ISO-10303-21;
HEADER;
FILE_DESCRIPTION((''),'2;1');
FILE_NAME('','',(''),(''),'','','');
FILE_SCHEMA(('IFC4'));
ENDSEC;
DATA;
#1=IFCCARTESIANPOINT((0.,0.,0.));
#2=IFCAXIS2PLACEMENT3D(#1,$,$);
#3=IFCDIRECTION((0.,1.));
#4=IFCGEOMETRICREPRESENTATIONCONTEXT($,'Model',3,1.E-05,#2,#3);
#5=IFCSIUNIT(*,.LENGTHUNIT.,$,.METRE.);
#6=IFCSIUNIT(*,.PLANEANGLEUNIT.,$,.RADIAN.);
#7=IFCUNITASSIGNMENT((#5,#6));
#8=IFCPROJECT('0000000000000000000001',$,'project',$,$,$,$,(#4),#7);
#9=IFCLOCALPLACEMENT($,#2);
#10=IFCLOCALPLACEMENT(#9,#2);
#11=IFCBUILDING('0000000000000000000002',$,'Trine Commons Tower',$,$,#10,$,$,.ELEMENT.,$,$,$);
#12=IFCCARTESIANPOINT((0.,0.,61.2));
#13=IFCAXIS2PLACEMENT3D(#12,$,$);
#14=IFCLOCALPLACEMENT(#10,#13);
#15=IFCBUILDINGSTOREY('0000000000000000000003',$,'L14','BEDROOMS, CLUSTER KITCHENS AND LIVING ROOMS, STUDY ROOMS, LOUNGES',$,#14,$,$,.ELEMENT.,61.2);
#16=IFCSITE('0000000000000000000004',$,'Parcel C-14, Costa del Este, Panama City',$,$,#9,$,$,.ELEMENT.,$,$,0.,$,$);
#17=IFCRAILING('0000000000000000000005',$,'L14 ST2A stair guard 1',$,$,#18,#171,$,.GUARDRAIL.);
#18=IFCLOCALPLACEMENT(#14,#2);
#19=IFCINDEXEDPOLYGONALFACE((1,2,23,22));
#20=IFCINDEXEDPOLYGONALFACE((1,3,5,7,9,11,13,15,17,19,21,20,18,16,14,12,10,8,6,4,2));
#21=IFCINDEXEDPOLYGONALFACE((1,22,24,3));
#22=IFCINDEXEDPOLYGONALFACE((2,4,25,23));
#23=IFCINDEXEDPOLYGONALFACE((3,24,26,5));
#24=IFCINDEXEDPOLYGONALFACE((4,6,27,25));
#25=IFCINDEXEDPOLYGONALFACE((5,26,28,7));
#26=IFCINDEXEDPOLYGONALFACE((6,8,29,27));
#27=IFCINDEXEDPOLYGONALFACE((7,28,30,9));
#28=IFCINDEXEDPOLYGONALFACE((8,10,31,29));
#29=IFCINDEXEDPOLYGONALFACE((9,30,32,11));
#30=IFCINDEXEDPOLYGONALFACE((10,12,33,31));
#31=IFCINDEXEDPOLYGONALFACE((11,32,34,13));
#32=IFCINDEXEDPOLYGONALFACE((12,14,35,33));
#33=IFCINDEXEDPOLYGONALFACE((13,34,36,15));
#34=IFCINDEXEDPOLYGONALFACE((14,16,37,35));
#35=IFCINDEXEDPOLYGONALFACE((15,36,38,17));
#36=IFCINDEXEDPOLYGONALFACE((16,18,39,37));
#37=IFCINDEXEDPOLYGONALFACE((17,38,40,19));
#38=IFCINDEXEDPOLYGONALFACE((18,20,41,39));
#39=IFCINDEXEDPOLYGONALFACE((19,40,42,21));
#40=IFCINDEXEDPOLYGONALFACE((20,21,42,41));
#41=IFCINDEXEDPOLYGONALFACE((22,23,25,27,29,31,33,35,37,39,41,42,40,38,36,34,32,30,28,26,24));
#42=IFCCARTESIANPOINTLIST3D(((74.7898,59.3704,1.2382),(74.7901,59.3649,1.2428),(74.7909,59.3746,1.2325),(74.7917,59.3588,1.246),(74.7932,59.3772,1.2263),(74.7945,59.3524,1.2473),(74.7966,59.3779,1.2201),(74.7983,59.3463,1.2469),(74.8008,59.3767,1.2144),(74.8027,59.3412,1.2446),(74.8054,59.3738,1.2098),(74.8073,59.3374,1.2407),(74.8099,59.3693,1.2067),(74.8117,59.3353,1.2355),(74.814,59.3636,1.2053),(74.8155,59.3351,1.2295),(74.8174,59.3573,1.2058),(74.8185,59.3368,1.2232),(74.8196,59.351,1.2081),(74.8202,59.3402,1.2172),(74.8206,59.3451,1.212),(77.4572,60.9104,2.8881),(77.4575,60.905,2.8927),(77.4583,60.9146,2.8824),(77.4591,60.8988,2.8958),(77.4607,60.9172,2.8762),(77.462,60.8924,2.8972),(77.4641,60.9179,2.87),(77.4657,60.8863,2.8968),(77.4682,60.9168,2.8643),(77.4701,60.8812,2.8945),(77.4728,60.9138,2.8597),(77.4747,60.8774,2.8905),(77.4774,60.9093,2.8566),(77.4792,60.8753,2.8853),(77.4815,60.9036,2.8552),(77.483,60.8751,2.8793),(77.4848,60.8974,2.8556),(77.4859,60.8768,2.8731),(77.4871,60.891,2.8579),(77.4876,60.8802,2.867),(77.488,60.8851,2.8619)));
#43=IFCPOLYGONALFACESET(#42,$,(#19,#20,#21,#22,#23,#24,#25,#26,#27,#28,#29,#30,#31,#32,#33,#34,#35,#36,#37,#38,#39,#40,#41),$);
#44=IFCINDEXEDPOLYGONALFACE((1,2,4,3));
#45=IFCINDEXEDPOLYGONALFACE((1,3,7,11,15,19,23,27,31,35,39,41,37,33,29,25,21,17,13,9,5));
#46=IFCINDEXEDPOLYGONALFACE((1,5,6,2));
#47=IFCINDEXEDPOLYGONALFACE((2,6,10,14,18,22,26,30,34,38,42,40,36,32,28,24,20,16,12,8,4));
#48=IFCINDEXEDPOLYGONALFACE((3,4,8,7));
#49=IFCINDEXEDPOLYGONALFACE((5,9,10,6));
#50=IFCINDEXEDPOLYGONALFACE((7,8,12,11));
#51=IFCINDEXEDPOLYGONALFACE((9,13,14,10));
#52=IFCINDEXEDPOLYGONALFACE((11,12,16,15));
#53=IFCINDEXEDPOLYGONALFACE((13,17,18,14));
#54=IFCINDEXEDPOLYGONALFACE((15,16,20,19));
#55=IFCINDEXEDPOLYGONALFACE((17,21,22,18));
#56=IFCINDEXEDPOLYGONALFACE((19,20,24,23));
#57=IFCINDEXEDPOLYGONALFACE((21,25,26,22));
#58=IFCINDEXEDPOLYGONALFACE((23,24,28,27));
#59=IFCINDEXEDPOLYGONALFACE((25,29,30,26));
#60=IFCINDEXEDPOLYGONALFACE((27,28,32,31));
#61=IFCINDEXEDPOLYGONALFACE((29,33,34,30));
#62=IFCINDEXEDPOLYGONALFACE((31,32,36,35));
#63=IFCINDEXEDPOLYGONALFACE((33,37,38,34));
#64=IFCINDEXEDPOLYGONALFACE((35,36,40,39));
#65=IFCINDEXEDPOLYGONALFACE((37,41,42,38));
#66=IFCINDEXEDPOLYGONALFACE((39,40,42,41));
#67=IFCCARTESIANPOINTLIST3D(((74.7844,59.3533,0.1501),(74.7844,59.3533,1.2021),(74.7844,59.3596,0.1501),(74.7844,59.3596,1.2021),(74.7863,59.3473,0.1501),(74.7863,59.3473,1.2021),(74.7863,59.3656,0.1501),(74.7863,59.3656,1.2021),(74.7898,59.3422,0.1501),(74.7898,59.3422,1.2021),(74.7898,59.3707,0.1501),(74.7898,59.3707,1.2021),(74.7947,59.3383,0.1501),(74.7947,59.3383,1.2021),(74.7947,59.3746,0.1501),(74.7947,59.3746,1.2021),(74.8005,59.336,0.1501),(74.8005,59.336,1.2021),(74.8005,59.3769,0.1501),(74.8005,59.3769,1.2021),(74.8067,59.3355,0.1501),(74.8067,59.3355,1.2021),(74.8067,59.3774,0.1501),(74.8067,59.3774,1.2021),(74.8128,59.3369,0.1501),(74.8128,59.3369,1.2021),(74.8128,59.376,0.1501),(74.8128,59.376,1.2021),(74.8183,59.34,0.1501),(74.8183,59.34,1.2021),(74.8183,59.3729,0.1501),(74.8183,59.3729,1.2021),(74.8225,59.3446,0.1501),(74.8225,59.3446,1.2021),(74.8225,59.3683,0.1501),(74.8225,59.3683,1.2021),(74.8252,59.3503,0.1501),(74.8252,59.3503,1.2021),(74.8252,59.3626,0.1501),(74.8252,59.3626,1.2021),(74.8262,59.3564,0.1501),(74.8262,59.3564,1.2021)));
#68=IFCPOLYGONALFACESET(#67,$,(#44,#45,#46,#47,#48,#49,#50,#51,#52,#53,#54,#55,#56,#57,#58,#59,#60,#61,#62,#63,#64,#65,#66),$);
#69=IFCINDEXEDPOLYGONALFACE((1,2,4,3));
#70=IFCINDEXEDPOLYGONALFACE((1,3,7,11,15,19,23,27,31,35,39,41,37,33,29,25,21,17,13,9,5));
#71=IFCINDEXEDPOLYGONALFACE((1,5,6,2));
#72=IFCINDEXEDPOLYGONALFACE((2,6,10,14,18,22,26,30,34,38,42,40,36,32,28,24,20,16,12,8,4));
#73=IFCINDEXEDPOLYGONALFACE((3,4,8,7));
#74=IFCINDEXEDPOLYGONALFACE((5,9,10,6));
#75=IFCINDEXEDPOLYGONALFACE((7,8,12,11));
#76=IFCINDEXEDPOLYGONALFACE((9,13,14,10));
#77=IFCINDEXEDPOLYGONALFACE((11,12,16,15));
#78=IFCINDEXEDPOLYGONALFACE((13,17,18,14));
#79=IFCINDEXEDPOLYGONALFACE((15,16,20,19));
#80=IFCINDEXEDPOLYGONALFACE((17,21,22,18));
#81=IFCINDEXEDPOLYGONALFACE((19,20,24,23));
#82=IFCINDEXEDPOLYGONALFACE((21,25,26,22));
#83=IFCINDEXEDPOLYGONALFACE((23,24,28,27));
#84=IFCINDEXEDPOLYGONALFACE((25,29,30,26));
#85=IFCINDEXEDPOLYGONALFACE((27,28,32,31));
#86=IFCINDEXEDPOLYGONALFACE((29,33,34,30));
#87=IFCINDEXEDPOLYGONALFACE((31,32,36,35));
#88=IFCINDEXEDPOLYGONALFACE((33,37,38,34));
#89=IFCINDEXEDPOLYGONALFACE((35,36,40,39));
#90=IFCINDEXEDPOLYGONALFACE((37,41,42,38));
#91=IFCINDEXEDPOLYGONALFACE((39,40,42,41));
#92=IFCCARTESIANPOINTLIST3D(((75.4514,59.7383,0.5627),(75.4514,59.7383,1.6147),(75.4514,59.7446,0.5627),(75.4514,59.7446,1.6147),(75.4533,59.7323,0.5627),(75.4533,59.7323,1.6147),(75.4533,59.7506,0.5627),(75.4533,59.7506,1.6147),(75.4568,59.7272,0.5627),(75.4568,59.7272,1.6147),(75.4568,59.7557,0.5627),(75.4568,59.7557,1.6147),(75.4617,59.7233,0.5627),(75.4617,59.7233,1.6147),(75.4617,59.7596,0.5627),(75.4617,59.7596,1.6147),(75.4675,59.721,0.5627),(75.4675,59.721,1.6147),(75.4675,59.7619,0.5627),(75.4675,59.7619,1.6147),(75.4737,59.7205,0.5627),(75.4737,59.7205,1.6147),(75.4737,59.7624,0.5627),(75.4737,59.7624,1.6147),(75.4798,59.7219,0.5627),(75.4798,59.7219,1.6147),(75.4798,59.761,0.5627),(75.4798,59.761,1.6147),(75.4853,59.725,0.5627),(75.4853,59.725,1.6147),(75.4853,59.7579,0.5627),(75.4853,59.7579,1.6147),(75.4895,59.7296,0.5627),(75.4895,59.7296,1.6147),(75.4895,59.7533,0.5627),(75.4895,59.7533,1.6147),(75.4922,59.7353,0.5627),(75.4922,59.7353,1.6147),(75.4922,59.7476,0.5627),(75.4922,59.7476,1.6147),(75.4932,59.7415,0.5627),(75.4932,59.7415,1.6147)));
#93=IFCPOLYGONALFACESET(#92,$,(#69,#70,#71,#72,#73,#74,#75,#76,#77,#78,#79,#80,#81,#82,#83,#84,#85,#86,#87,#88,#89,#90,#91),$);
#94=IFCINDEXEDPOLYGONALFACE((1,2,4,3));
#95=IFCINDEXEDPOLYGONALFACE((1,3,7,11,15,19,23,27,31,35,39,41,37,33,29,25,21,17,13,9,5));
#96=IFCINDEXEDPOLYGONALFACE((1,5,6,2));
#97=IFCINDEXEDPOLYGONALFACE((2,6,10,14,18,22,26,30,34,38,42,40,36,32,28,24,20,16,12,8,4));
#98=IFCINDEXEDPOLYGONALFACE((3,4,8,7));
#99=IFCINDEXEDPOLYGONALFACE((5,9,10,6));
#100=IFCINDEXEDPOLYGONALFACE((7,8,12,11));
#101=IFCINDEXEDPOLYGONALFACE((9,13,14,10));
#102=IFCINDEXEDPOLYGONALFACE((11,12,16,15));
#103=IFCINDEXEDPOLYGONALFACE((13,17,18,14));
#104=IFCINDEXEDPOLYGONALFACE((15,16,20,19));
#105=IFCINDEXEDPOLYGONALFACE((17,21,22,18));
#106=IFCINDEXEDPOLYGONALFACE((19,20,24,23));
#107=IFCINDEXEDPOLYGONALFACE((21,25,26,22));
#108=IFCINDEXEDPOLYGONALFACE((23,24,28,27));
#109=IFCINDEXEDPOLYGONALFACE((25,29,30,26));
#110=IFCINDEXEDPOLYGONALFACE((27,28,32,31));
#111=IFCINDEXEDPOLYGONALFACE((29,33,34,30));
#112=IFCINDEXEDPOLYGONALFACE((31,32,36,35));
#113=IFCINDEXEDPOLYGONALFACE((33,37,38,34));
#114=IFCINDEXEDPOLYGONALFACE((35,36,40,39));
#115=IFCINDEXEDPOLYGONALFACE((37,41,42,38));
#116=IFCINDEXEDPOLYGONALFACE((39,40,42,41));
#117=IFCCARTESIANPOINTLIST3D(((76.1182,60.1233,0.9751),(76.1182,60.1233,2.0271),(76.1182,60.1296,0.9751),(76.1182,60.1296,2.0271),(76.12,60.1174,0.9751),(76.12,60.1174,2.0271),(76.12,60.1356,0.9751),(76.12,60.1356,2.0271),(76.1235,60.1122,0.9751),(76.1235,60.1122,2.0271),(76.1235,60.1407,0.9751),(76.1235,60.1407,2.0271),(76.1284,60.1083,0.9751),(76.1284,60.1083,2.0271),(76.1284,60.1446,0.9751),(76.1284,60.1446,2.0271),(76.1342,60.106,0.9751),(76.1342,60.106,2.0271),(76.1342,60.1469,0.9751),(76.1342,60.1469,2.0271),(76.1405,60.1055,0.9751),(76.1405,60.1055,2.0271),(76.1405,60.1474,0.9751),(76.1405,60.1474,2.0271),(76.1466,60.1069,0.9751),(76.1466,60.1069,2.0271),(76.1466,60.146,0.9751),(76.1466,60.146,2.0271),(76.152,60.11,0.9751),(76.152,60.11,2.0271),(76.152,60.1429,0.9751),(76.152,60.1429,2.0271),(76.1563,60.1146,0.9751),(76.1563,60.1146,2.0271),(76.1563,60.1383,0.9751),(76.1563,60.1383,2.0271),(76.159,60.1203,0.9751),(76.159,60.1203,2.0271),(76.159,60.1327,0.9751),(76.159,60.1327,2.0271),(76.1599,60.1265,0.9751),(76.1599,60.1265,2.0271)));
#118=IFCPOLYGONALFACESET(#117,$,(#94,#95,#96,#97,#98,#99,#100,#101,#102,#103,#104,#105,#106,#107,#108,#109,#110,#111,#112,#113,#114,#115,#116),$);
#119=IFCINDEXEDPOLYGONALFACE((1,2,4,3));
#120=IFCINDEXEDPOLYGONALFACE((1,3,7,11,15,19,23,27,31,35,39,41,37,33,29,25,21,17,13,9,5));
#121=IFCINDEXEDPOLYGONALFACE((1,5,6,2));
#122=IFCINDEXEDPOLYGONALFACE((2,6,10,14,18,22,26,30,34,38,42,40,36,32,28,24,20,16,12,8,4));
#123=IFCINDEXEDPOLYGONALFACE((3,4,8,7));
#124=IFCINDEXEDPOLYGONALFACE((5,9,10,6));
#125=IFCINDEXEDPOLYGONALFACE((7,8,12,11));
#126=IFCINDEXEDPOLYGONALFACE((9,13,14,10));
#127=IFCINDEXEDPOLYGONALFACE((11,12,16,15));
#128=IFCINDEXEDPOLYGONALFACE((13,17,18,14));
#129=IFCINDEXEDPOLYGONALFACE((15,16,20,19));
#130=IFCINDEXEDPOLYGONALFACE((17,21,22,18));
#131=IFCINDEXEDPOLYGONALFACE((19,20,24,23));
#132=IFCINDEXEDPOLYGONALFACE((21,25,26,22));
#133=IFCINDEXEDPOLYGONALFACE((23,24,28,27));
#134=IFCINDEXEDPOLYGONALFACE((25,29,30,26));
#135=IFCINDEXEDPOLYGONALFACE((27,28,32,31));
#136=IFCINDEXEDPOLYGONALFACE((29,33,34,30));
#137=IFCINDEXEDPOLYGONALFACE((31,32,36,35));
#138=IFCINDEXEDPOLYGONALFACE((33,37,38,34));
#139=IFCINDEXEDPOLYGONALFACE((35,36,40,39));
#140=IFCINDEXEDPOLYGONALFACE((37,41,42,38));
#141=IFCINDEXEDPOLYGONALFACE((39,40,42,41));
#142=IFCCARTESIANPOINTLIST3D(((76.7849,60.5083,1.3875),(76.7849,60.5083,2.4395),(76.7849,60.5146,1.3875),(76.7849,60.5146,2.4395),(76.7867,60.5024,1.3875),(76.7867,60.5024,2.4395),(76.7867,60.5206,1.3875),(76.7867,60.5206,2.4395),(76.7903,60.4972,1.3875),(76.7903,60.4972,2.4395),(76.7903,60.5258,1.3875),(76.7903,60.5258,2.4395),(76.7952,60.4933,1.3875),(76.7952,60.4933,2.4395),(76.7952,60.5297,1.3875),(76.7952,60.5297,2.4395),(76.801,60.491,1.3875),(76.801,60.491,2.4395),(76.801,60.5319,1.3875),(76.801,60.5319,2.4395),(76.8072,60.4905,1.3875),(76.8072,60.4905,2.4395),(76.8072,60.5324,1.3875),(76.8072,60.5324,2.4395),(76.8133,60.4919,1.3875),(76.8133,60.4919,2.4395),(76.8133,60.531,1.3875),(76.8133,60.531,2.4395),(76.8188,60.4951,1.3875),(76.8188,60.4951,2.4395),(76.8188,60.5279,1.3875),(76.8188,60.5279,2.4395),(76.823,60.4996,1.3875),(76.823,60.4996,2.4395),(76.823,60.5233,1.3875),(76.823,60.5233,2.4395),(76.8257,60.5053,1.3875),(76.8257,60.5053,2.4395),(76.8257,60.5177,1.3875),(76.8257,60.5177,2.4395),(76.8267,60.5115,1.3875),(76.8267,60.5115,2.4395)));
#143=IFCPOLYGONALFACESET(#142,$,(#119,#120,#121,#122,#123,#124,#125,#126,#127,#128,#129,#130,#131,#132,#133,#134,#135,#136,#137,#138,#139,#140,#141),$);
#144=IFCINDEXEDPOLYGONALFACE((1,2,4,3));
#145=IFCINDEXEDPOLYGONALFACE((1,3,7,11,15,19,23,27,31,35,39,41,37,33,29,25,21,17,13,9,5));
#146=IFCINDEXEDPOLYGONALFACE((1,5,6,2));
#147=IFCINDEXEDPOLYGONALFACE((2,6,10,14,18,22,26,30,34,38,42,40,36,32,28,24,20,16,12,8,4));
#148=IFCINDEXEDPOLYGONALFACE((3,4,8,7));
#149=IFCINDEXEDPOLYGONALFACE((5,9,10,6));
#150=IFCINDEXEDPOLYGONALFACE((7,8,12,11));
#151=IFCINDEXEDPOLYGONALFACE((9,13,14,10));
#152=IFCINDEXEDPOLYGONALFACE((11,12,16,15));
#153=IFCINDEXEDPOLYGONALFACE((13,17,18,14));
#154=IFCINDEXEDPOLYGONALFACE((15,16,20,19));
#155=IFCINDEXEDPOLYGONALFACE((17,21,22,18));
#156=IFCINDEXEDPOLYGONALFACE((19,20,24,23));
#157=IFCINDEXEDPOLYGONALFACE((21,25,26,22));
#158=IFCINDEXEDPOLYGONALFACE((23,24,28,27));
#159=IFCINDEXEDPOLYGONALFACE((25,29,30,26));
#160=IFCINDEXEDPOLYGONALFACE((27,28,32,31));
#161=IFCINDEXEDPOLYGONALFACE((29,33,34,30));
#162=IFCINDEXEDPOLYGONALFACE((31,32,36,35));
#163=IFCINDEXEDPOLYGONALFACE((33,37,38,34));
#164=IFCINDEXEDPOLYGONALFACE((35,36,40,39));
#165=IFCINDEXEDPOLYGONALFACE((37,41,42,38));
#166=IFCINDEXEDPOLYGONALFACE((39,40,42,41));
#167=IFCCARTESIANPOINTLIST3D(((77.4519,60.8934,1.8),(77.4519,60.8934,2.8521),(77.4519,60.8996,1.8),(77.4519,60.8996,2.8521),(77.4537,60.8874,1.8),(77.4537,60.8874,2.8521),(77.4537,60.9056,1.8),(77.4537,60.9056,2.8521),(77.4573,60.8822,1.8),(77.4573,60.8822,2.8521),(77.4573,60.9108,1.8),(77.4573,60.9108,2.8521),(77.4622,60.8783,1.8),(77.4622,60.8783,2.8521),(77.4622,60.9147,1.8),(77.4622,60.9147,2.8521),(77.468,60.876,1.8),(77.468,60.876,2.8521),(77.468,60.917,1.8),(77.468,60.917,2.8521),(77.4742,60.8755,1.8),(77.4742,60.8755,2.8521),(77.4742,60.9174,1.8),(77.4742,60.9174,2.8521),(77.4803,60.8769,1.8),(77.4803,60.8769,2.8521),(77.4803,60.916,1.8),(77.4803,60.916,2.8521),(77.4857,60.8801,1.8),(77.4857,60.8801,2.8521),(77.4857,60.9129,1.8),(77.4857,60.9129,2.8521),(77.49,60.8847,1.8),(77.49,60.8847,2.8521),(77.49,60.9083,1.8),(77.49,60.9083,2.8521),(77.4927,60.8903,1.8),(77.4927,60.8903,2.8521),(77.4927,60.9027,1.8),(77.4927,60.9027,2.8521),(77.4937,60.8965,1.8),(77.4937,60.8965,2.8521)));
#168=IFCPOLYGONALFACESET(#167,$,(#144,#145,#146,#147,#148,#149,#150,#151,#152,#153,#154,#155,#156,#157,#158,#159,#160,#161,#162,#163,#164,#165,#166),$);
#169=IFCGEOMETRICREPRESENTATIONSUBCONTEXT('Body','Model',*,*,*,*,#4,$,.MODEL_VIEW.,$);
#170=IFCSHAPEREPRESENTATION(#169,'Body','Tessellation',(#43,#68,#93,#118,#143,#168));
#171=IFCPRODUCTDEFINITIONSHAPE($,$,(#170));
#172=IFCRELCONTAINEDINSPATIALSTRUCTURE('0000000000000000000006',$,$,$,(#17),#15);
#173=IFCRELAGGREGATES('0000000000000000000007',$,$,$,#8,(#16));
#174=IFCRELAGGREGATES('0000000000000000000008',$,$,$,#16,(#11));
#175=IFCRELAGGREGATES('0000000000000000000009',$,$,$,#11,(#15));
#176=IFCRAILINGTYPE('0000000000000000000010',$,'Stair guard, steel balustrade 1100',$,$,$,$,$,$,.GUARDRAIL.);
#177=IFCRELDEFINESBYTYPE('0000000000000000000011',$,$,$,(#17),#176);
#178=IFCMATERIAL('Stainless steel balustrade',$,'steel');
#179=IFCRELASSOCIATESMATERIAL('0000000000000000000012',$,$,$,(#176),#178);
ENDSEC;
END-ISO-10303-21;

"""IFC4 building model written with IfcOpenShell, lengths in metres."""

from ifc_helpers import new_model, si_unit, direction, frame, origin, origin_2d, place, context, subcontext, project, spatial, circle, extrude, material, type_object, element, save


model = new_model("IFC4")

# Units and contexts
model_context = context("Model", 3, precision=1e-05, world=origin(), true_north=direction((0.0, 1.0)))
body_context = subcontext(model_context, "Body", "Model", "MODEL_VIEW")
ifc_project = project(units=[si_unit("LENGTHUNIT", "METRE"), si_unit("PLANEANGLEUNIT", "RADIAN")], contexts=[model_context])

# Site, building, storey
site_placement = place(None, origin())
site = spatial("IfcSite", under=ifc_project, at=site_placement, Name="Parcel C-14, Costa del Este, Panama City", CompositionType="ELEMENT", RefElevation=0.0)
building_placement = place(site_placement, origin())
building = spatial("IfcBuilding", under=site, at=building_placement, Name="Trine Commons Tower", CompositionType="ELEMENT")
storey_placement = place(building_placement, frame((0.0, 0.0, 61.2)))
storey = spatial("IfcBuildingStorey", under=building, at=storey_placement, Name="L14", Description="BEDROOMS, CLUSTER KITCHENS AND LIVING ROOMS, STUDY ROOMS, LOUNGES", CompositionType="ELEMENT", Elevation=61.2)

# Railing
ifc_material_1 = material(Name="Stainless steel balustrade", Category="steel")
railing_type_1 = type_object("IfcRailingType", Name="Stair guard, steel balustrade 1100", PredefinedType="GUARDRAIL", material=ifc_material_1)
railing_1_placement = place(storey_placement, frame((74.8052, 59.3564, 0.1501)))
element("IfcRailing", 1, at=railing_1_placement, inside=storey, type_object=railing_type_1, Name="L14 ST2A stair guard 1", PredefinedType="GUARDRAIL", context=body_context, shape_type="SweptSolid", body=[
    extrude(circle(Radius=0.0239, at=origin_2d()), frame((0.0, 0.0, 1.0762), z_axis=(0.763405, 0.440743, 0.472185), x_axis=(-0.499992, 0.86603, 0.0)), (0.0, 0.0, 1.0), 3.4941),
    extrude(circle(Radius=0.021, at=origin_2d()), origin(), (0.0, 0.0, 1.0), 1.052),
    extrude(circle(Radius=0.021, at=origin_2d()), frame((0.667, 0.385, 0.4126)), (0.0, 0.0, 1.0), 1.052),
    extrude(circle(Radius=0.021, at=origin_2d()), frame((1.3337, 0.77, 0.825)), (0.0, 0.0, 1.0), 1.052),
    extrude(circle(Radius=0.021, at=origin_2d()), frame((2.0005, 1.155, 1.2373)), (0.0, 0.0, 1.0), 1.052),
    extrude(circle(Radius=0.021, at=origin_2d()), frame((2.6675, 1.54, 1.6499)), (0.0, 0.0, 1.0), 1.052),
])

save(model, "model.ifc")
